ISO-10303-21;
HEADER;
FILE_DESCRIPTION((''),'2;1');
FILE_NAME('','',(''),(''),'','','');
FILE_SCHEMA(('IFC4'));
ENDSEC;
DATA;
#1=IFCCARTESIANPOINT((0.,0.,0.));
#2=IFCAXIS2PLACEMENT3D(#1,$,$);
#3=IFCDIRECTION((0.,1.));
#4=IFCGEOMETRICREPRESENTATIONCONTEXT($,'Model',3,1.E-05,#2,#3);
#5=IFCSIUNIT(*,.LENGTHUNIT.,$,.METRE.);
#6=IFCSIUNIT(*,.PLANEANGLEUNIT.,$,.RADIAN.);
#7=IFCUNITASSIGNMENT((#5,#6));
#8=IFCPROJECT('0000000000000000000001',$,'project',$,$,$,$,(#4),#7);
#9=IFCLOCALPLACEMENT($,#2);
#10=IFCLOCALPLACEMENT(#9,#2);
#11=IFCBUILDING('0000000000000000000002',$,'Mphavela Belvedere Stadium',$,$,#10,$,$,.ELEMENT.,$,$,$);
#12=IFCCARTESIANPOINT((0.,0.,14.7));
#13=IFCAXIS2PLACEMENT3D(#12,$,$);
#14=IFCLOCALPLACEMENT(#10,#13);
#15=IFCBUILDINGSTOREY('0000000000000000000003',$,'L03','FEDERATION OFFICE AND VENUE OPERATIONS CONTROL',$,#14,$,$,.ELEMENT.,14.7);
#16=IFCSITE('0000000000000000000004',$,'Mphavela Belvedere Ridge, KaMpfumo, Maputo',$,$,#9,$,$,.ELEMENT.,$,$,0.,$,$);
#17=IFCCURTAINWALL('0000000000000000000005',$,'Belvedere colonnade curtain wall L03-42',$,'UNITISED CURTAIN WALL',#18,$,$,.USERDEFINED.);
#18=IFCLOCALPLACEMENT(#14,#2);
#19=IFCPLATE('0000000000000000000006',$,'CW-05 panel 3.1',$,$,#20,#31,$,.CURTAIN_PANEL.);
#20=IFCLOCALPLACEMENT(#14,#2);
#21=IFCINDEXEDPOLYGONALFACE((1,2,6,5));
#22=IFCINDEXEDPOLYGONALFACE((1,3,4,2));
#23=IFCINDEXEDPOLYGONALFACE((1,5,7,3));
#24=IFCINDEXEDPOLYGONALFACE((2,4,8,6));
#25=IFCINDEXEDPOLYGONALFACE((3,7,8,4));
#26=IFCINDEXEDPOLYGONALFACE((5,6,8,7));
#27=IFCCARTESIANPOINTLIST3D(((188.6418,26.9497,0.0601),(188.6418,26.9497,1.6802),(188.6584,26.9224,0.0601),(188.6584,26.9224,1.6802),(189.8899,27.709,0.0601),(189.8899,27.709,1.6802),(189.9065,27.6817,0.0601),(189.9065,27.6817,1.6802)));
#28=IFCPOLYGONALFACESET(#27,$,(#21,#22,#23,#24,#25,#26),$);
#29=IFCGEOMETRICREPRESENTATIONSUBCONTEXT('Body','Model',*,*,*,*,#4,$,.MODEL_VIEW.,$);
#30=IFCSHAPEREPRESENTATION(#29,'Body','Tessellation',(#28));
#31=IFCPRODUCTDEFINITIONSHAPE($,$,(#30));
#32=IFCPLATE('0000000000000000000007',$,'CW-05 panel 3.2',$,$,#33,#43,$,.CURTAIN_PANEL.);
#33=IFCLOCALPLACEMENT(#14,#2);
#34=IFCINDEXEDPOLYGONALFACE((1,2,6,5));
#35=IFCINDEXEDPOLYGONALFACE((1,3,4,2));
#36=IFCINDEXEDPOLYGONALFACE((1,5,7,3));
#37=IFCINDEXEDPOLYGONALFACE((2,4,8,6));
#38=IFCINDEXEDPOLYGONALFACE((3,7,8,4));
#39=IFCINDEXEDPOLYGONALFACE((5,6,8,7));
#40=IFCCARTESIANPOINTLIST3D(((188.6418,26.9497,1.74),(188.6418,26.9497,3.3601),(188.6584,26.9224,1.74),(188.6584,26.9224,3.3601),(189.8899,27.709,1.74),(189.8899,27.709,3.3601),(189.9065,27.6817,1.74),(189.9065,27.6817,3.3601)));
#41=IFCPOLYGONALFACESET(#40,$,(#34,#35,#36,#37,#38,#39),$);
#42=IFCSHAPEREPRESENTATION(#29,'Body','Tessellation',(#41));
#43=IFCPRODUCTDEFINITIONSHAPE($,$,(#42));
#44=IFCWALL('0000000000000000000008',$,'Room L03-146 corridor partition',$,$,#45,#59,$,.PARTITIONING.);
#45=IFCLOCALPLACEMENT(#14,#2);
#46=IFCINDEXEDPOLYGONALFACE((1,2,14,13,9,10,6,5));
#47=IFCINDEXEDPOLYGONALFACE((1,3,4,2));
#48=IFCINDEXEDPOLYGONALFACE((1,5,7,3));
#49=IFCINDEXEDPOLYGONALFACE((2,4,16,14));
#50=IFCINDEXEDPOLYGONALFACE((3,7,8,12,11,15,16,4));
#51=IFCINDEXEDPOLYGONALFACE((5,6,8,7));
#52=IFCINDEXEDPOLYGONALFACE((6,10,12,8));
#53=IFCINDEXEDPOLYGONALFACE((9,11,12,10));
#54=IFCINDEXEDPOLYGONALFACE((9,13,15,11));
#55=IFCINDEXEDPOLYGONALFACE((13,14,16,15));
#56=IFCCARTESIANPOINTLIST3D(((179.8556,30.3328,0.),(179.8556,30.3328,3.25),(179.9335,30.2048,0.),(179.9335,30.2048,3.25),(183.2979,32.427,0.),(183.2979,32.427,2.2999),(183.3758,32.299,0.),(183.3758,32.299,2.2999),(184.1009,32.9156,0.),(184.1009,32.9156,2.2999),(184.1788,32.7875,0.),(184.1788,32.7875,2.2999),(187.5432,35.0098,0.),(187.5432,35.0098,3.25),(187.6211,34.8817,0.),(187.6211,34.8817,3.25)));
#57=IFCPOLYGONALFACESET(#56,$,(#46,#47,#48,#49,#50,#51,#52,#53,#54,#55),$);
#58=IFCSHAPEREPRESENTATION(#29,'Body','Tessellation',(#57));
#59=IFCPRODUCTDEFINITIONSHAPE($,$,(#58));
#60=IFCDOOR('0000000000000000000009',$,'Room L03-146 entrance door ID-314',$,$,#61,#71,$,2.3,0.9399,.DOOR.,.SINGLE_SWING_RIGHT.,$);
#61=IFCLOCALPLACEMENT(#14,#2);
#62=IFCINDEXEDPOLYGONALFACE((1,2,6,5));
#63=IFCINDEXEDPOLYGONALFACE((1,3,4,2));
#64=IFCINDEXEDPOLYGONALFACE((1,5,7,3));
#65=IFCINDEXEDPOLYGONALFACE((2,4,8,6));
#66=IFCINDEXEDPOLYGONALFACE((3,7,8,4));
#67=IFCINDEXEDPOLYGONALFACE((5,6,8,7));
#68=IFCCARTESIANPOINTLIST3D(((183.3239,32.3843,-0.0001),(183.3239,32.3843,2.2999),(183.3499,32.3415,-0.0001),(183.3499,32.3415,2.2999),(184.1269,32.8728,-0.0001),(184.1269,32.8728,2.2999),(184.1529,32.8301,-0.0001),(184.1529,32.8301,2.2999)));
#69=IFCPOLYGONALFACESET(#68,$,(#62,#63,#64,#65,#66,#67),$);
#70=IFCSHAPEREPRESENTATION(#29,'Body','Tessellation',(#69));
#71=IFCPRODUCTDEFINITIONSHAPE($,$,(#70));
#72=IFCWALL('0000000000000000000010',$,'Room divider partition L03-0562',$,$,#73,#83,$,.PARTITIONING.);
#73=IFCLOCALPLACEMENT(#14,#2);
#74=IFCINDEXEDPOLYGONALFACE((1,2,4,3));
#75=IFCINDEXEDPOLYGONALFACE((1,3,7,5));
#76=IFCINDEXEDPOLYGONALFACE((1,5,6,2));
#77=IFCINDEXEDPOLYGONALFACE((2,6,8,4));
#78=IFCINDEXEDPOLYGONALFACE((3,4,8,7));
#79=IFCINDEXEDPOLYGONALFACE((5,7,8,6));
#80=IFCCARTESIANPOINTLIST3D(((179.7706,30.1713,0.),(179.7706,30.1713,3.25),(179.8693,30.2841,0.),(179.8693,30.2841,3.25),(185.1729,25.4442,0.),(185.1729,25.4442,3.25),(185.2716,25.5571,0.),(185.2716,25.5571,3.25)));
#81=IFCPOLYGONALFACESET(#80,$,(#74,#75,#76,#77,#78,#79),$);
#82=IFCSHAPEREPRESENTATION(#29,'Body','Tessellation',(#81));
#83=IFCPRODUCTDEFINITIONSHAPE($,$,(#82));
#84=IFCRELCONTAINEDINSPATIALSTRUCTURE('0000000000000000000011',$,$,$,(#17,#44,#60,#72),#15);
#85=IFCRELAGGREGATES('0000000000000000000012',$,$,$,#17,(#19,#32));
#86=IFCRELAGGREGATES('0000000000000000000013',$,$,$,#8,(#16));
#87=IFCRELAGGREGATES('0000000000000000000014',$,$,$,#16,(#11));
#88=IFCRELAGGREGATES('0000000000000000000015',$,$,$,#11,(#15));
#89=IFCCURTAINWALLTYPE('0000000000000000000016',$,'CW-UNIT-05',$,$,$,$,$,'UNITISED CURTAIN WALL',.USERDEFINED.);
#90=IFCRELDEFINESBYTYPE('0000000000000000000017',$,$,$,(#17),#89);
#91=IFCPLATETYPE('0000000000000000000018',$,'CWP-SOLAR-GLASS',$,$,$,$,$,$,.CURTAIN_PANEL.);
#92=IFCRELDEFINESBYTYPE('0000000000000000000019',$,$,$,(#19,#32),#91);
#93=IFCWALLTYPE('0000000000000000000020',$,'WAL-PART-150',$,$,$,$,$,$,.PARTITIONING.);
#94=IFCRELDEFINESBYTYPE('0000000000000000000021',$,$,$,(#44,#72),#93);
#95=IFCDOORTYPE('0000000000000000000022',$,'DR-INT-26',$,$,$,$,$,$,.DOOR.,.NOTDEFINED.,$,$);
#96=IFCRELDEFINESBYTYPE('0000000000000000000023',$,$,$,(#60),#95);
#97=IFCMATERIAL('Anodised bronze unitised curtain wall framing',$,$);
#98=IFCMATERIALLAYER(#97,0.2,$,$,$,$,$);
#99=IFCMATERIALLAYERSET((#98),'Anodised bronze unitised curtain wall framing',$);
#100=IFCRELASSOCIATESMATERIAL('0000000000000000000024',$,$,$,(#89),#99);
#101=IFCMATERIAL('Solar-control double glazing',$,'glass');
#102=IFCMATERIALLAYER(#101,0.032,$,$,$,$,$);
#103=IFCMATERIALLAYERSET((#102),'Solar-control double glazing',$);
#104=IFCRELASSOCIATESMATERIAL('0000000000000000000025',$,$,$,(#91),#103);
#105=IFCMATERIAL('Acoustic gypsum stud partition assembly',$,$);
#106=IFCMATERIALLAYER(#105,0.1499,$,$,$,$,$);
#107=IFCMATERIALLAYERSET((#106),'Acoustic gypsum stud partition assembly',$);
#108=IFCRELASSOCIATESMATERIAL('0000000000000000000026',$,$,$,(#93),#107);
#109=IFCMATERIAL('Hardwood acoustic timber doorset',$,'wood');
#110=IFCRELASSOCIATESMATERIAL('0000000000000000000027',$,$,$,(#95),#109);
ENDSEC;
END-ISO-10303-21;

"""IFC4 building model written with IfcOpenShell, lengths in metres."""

from ifc_helpers import new_model, si_unit, direction, frame, frame_2d, origin, origin_2d, place, context, subcontext, project, spatial, rectangle, extrude, material, layer, layer_set, type_object, element, fill, aggregate, save


model = new_model("IFC4")

# Units and contexts
model_context = context("Model", 3, precision=1e-05, world=origin(), true_north=direction((0.0, 1.0)))
body_context = subcontext(model_context, "Body", "Model", "MODEL_VIEW")
ifc_project = project(units=[si_unit("LENGTHUNIT", "METRE"), si_unit("PLANEANGLEUNIT", "RADIAN")], contexts=[model_context])

# Site, building, storey
site_placement = place(None, origin())
site = spatial("IfcSite", under=ifc_project, at=site_placement, Name="Mphavela Belvedere Ridge, KaMpfumo, Maputo", CompositionType="ELEMENT", RefElevation=0.0)
building_placement = place(site_placement, origin())
building = spatial("IfcBuilding", under=site, at=building_placement, Name="Mphavela Belvedere Stadium", CompositionType="ELEMENT")
storey_placement = place(building_placement, frame((0.0, 0.0, 14.7)))
storey = spatial("IfcBuildingStorey", under=building, at=storey_placement, Name="L03", Description="FEDERATION OFFICE AND VENUE OPERATIONS CONTROL", CompositionType="ELEMENT", Elevation=14.7)

# Curtain wall, plates
ifc_material_1 = material(Name="Anodised bronze unitised curtain wall framing")
ifc_layer_1 = layer(ifc_material_1, 0.2)
ifc_layer_set_1 = layer_set([ifc_layer_1], Name="Anodised bronze unitised curtain wall framing")
curtain_wall_type = type_object("IfcCurtainWallType", Name="CW-UNIT-05", ElementType="UNITISED CURTAIN WALL", PredefinedType="USERDEFINED", material=ifc_layer_set_1)
curtain_wall_placement = place(storey_placement, origin())
curtain_wall = element("IfcCurtainWall", 1, at=curtain_wall_placement, inside=storey, type_object=curtain_wall_type, Name="Belvedere colonnade curtain wall L03-42", ObjectType="UNITISED CURTAIN WALL", PredefinedType="USERDEFINED")
ifc_material_2 = material(Name="Solar-control double glazing", Category="glass")
ifc_layer_2 = layer(ifc_material_2, 0.032)
ifc_layer_set_2 = layer_set([ifc_layer_2], Name="Solar-control double glazing")
plate_type = type_object("IfcPlateType", Name="CWP-SOLAR-GLASS", PredefinedType="CURTAIN_PANEL", material=ifc_layer_set_2)
plate_1_placement = place(storey_placement, frame((189.2742, 27.3157, 0.0601), z_axis=(0.0, 0.0, 1.0), x_axis=(0.854325, 0.519738, 0.0)))
plate_1 = element("IfcPlate", 2, at=plate_1_placement, type_object=plate_type, Name="CW-05 panel 3.1", PredefinedType="CURTAIN_PANEL", context=body_context, shape_type="SweptSolid", body=[
    extrude(rectangle(XDim=1.4609, YDim=0.032, at=origin_2d()), origin(), (0.0, 0.0, 1.0), 1.6201),
])
plate_2_placement = place(storey_placement, frame((189.2742, 27.3157, 1.74), z_axis=(0.0, 0.0, 1.0), x_axis=(0.854325, 0.519738, 0.0)))
plate_2 = element("IfcPlate", 3, at=plate_2_placement, type_object=plate_type, Name="CW-05 panel 3.2", PredefinedType="CURTAIN_PANEL", context=body_context, shape_type="SweptSolid", body=[
    extrude(rectangle(XDim=1.4609, YDim=0.032, at=origin_2d()), origin(), (0.0, 0.0, 1.0), 1.6201),
])
aggregate(curtain_wall, [plate_1, plate_2])

# Wall, opening, door
ifc_material_3 = material(Name="Acoustic gypsum stud partition assembly")
ifc_layer_3 = layer(ifc_material_3, 0.1499)
ifc_layer_set_3 = layer_set([ifc_layer_3], Name="Acoustic gypsum stud partition assembly")
wall_type = type_object("IfcWallType", Name="WAL-PART-150", PredefinedType="PARTITIONING", material=ifc_layer_set_3)
wall_1_placement = place(storey_placement, frame((179.8945, 30.2688, 0.0), z_axis=(0.0, 0.0, 1.0), x_axis=(0.854322, 0.519745, 0.0)))
wall_1 = element("IfcWall", 4, at=wall_1_placement, inside=storey, type_object=wall_type, Name="Room L03-146 corridor partition", PredefinedType="PARTITIONING", context=body_context, shape_type="SweptSolid", body=[
    extrude(rectangle(XDim=8.9985, YDim=0.1499, at=frame_2d((4.4993, 0.0))), origin(), (0.0, 0.0, 1.0), 3.25),
])
opening_placement = place(wall_1_placement, frame((4.0293, 0.0, 0.0)))
opening = element("IfcOpeningElement", 5, at=opening_placement, cuts=wall_1, PredefinedType="OPENING", context=body_context, shape_type="SweptSolid", body=[
    extrude(rectangle(XDim=0.9399, YDim=2.3, at=frame_2d((0.47, 1.1499))), frame((0.0, 0.085, 0.0), z_axis=(0.0, -1.0, 0.0), x_axis=(1.0, 0.0, 0.0)), (0.0, 0.0, 1.0), 0.1699),
])
ifc_material_4 = material(Name="Hardwood acoustic timber doorset", Category="wood")
door_type = type_object("IfcDoorType", Name="DR-INT-26", OperationType="NOTDEFINED", PredefinedType="DOOR", material=ifc_material_4)
door_placement = place(opening_placement, origin())
door = element("IfcDoor", 6, at=door_placement, inside=storey, type_object=door_type, Name="Room L03-146 entrance door ID-314", OperationType="SINGLE_SWING_RIGHT", OverallHeight=2.3, OverallWidth=0.9399, PredefinedType="DOOR", context=body_context, shape_type="SweptSolid", body=[
    extrude(rectangle(XDim=0.9399, YDim=2.3, at=frame_2d((0.47, 1.1499))), frame((0.0, 0.0249, 0.0), z_axis=(0.0, -1.0, 0.0), x_axis=(1.0, 0.0, 0.0)), (0.0, 0.0, 1.0), 0.05),
])
fill(opening, door)

# Wall
wall_2_placement = place(storey_placement, frame((179.8198, 30.2278, 0.0), z_axis=(0.0, 0.0, 1.0), x_axis=(0.752577, -0.658505, 0.0)))
element("IfcWall", 7, at=wall_2_placement, inside=storey, type_object=wall_type, Name="Room divider partition L03-0562", PredefinedType="PARTITIONING", context=body_context, shape_type="SweptSolid", body=[
    extrude(rectangle(XDim=7.1785, YDim=0.1499, at=frame_2d((3.5894, 0.0))), origin(), (0.0, 0.0, 1.0), 3.25),
])

save(model, "model.ifc")
